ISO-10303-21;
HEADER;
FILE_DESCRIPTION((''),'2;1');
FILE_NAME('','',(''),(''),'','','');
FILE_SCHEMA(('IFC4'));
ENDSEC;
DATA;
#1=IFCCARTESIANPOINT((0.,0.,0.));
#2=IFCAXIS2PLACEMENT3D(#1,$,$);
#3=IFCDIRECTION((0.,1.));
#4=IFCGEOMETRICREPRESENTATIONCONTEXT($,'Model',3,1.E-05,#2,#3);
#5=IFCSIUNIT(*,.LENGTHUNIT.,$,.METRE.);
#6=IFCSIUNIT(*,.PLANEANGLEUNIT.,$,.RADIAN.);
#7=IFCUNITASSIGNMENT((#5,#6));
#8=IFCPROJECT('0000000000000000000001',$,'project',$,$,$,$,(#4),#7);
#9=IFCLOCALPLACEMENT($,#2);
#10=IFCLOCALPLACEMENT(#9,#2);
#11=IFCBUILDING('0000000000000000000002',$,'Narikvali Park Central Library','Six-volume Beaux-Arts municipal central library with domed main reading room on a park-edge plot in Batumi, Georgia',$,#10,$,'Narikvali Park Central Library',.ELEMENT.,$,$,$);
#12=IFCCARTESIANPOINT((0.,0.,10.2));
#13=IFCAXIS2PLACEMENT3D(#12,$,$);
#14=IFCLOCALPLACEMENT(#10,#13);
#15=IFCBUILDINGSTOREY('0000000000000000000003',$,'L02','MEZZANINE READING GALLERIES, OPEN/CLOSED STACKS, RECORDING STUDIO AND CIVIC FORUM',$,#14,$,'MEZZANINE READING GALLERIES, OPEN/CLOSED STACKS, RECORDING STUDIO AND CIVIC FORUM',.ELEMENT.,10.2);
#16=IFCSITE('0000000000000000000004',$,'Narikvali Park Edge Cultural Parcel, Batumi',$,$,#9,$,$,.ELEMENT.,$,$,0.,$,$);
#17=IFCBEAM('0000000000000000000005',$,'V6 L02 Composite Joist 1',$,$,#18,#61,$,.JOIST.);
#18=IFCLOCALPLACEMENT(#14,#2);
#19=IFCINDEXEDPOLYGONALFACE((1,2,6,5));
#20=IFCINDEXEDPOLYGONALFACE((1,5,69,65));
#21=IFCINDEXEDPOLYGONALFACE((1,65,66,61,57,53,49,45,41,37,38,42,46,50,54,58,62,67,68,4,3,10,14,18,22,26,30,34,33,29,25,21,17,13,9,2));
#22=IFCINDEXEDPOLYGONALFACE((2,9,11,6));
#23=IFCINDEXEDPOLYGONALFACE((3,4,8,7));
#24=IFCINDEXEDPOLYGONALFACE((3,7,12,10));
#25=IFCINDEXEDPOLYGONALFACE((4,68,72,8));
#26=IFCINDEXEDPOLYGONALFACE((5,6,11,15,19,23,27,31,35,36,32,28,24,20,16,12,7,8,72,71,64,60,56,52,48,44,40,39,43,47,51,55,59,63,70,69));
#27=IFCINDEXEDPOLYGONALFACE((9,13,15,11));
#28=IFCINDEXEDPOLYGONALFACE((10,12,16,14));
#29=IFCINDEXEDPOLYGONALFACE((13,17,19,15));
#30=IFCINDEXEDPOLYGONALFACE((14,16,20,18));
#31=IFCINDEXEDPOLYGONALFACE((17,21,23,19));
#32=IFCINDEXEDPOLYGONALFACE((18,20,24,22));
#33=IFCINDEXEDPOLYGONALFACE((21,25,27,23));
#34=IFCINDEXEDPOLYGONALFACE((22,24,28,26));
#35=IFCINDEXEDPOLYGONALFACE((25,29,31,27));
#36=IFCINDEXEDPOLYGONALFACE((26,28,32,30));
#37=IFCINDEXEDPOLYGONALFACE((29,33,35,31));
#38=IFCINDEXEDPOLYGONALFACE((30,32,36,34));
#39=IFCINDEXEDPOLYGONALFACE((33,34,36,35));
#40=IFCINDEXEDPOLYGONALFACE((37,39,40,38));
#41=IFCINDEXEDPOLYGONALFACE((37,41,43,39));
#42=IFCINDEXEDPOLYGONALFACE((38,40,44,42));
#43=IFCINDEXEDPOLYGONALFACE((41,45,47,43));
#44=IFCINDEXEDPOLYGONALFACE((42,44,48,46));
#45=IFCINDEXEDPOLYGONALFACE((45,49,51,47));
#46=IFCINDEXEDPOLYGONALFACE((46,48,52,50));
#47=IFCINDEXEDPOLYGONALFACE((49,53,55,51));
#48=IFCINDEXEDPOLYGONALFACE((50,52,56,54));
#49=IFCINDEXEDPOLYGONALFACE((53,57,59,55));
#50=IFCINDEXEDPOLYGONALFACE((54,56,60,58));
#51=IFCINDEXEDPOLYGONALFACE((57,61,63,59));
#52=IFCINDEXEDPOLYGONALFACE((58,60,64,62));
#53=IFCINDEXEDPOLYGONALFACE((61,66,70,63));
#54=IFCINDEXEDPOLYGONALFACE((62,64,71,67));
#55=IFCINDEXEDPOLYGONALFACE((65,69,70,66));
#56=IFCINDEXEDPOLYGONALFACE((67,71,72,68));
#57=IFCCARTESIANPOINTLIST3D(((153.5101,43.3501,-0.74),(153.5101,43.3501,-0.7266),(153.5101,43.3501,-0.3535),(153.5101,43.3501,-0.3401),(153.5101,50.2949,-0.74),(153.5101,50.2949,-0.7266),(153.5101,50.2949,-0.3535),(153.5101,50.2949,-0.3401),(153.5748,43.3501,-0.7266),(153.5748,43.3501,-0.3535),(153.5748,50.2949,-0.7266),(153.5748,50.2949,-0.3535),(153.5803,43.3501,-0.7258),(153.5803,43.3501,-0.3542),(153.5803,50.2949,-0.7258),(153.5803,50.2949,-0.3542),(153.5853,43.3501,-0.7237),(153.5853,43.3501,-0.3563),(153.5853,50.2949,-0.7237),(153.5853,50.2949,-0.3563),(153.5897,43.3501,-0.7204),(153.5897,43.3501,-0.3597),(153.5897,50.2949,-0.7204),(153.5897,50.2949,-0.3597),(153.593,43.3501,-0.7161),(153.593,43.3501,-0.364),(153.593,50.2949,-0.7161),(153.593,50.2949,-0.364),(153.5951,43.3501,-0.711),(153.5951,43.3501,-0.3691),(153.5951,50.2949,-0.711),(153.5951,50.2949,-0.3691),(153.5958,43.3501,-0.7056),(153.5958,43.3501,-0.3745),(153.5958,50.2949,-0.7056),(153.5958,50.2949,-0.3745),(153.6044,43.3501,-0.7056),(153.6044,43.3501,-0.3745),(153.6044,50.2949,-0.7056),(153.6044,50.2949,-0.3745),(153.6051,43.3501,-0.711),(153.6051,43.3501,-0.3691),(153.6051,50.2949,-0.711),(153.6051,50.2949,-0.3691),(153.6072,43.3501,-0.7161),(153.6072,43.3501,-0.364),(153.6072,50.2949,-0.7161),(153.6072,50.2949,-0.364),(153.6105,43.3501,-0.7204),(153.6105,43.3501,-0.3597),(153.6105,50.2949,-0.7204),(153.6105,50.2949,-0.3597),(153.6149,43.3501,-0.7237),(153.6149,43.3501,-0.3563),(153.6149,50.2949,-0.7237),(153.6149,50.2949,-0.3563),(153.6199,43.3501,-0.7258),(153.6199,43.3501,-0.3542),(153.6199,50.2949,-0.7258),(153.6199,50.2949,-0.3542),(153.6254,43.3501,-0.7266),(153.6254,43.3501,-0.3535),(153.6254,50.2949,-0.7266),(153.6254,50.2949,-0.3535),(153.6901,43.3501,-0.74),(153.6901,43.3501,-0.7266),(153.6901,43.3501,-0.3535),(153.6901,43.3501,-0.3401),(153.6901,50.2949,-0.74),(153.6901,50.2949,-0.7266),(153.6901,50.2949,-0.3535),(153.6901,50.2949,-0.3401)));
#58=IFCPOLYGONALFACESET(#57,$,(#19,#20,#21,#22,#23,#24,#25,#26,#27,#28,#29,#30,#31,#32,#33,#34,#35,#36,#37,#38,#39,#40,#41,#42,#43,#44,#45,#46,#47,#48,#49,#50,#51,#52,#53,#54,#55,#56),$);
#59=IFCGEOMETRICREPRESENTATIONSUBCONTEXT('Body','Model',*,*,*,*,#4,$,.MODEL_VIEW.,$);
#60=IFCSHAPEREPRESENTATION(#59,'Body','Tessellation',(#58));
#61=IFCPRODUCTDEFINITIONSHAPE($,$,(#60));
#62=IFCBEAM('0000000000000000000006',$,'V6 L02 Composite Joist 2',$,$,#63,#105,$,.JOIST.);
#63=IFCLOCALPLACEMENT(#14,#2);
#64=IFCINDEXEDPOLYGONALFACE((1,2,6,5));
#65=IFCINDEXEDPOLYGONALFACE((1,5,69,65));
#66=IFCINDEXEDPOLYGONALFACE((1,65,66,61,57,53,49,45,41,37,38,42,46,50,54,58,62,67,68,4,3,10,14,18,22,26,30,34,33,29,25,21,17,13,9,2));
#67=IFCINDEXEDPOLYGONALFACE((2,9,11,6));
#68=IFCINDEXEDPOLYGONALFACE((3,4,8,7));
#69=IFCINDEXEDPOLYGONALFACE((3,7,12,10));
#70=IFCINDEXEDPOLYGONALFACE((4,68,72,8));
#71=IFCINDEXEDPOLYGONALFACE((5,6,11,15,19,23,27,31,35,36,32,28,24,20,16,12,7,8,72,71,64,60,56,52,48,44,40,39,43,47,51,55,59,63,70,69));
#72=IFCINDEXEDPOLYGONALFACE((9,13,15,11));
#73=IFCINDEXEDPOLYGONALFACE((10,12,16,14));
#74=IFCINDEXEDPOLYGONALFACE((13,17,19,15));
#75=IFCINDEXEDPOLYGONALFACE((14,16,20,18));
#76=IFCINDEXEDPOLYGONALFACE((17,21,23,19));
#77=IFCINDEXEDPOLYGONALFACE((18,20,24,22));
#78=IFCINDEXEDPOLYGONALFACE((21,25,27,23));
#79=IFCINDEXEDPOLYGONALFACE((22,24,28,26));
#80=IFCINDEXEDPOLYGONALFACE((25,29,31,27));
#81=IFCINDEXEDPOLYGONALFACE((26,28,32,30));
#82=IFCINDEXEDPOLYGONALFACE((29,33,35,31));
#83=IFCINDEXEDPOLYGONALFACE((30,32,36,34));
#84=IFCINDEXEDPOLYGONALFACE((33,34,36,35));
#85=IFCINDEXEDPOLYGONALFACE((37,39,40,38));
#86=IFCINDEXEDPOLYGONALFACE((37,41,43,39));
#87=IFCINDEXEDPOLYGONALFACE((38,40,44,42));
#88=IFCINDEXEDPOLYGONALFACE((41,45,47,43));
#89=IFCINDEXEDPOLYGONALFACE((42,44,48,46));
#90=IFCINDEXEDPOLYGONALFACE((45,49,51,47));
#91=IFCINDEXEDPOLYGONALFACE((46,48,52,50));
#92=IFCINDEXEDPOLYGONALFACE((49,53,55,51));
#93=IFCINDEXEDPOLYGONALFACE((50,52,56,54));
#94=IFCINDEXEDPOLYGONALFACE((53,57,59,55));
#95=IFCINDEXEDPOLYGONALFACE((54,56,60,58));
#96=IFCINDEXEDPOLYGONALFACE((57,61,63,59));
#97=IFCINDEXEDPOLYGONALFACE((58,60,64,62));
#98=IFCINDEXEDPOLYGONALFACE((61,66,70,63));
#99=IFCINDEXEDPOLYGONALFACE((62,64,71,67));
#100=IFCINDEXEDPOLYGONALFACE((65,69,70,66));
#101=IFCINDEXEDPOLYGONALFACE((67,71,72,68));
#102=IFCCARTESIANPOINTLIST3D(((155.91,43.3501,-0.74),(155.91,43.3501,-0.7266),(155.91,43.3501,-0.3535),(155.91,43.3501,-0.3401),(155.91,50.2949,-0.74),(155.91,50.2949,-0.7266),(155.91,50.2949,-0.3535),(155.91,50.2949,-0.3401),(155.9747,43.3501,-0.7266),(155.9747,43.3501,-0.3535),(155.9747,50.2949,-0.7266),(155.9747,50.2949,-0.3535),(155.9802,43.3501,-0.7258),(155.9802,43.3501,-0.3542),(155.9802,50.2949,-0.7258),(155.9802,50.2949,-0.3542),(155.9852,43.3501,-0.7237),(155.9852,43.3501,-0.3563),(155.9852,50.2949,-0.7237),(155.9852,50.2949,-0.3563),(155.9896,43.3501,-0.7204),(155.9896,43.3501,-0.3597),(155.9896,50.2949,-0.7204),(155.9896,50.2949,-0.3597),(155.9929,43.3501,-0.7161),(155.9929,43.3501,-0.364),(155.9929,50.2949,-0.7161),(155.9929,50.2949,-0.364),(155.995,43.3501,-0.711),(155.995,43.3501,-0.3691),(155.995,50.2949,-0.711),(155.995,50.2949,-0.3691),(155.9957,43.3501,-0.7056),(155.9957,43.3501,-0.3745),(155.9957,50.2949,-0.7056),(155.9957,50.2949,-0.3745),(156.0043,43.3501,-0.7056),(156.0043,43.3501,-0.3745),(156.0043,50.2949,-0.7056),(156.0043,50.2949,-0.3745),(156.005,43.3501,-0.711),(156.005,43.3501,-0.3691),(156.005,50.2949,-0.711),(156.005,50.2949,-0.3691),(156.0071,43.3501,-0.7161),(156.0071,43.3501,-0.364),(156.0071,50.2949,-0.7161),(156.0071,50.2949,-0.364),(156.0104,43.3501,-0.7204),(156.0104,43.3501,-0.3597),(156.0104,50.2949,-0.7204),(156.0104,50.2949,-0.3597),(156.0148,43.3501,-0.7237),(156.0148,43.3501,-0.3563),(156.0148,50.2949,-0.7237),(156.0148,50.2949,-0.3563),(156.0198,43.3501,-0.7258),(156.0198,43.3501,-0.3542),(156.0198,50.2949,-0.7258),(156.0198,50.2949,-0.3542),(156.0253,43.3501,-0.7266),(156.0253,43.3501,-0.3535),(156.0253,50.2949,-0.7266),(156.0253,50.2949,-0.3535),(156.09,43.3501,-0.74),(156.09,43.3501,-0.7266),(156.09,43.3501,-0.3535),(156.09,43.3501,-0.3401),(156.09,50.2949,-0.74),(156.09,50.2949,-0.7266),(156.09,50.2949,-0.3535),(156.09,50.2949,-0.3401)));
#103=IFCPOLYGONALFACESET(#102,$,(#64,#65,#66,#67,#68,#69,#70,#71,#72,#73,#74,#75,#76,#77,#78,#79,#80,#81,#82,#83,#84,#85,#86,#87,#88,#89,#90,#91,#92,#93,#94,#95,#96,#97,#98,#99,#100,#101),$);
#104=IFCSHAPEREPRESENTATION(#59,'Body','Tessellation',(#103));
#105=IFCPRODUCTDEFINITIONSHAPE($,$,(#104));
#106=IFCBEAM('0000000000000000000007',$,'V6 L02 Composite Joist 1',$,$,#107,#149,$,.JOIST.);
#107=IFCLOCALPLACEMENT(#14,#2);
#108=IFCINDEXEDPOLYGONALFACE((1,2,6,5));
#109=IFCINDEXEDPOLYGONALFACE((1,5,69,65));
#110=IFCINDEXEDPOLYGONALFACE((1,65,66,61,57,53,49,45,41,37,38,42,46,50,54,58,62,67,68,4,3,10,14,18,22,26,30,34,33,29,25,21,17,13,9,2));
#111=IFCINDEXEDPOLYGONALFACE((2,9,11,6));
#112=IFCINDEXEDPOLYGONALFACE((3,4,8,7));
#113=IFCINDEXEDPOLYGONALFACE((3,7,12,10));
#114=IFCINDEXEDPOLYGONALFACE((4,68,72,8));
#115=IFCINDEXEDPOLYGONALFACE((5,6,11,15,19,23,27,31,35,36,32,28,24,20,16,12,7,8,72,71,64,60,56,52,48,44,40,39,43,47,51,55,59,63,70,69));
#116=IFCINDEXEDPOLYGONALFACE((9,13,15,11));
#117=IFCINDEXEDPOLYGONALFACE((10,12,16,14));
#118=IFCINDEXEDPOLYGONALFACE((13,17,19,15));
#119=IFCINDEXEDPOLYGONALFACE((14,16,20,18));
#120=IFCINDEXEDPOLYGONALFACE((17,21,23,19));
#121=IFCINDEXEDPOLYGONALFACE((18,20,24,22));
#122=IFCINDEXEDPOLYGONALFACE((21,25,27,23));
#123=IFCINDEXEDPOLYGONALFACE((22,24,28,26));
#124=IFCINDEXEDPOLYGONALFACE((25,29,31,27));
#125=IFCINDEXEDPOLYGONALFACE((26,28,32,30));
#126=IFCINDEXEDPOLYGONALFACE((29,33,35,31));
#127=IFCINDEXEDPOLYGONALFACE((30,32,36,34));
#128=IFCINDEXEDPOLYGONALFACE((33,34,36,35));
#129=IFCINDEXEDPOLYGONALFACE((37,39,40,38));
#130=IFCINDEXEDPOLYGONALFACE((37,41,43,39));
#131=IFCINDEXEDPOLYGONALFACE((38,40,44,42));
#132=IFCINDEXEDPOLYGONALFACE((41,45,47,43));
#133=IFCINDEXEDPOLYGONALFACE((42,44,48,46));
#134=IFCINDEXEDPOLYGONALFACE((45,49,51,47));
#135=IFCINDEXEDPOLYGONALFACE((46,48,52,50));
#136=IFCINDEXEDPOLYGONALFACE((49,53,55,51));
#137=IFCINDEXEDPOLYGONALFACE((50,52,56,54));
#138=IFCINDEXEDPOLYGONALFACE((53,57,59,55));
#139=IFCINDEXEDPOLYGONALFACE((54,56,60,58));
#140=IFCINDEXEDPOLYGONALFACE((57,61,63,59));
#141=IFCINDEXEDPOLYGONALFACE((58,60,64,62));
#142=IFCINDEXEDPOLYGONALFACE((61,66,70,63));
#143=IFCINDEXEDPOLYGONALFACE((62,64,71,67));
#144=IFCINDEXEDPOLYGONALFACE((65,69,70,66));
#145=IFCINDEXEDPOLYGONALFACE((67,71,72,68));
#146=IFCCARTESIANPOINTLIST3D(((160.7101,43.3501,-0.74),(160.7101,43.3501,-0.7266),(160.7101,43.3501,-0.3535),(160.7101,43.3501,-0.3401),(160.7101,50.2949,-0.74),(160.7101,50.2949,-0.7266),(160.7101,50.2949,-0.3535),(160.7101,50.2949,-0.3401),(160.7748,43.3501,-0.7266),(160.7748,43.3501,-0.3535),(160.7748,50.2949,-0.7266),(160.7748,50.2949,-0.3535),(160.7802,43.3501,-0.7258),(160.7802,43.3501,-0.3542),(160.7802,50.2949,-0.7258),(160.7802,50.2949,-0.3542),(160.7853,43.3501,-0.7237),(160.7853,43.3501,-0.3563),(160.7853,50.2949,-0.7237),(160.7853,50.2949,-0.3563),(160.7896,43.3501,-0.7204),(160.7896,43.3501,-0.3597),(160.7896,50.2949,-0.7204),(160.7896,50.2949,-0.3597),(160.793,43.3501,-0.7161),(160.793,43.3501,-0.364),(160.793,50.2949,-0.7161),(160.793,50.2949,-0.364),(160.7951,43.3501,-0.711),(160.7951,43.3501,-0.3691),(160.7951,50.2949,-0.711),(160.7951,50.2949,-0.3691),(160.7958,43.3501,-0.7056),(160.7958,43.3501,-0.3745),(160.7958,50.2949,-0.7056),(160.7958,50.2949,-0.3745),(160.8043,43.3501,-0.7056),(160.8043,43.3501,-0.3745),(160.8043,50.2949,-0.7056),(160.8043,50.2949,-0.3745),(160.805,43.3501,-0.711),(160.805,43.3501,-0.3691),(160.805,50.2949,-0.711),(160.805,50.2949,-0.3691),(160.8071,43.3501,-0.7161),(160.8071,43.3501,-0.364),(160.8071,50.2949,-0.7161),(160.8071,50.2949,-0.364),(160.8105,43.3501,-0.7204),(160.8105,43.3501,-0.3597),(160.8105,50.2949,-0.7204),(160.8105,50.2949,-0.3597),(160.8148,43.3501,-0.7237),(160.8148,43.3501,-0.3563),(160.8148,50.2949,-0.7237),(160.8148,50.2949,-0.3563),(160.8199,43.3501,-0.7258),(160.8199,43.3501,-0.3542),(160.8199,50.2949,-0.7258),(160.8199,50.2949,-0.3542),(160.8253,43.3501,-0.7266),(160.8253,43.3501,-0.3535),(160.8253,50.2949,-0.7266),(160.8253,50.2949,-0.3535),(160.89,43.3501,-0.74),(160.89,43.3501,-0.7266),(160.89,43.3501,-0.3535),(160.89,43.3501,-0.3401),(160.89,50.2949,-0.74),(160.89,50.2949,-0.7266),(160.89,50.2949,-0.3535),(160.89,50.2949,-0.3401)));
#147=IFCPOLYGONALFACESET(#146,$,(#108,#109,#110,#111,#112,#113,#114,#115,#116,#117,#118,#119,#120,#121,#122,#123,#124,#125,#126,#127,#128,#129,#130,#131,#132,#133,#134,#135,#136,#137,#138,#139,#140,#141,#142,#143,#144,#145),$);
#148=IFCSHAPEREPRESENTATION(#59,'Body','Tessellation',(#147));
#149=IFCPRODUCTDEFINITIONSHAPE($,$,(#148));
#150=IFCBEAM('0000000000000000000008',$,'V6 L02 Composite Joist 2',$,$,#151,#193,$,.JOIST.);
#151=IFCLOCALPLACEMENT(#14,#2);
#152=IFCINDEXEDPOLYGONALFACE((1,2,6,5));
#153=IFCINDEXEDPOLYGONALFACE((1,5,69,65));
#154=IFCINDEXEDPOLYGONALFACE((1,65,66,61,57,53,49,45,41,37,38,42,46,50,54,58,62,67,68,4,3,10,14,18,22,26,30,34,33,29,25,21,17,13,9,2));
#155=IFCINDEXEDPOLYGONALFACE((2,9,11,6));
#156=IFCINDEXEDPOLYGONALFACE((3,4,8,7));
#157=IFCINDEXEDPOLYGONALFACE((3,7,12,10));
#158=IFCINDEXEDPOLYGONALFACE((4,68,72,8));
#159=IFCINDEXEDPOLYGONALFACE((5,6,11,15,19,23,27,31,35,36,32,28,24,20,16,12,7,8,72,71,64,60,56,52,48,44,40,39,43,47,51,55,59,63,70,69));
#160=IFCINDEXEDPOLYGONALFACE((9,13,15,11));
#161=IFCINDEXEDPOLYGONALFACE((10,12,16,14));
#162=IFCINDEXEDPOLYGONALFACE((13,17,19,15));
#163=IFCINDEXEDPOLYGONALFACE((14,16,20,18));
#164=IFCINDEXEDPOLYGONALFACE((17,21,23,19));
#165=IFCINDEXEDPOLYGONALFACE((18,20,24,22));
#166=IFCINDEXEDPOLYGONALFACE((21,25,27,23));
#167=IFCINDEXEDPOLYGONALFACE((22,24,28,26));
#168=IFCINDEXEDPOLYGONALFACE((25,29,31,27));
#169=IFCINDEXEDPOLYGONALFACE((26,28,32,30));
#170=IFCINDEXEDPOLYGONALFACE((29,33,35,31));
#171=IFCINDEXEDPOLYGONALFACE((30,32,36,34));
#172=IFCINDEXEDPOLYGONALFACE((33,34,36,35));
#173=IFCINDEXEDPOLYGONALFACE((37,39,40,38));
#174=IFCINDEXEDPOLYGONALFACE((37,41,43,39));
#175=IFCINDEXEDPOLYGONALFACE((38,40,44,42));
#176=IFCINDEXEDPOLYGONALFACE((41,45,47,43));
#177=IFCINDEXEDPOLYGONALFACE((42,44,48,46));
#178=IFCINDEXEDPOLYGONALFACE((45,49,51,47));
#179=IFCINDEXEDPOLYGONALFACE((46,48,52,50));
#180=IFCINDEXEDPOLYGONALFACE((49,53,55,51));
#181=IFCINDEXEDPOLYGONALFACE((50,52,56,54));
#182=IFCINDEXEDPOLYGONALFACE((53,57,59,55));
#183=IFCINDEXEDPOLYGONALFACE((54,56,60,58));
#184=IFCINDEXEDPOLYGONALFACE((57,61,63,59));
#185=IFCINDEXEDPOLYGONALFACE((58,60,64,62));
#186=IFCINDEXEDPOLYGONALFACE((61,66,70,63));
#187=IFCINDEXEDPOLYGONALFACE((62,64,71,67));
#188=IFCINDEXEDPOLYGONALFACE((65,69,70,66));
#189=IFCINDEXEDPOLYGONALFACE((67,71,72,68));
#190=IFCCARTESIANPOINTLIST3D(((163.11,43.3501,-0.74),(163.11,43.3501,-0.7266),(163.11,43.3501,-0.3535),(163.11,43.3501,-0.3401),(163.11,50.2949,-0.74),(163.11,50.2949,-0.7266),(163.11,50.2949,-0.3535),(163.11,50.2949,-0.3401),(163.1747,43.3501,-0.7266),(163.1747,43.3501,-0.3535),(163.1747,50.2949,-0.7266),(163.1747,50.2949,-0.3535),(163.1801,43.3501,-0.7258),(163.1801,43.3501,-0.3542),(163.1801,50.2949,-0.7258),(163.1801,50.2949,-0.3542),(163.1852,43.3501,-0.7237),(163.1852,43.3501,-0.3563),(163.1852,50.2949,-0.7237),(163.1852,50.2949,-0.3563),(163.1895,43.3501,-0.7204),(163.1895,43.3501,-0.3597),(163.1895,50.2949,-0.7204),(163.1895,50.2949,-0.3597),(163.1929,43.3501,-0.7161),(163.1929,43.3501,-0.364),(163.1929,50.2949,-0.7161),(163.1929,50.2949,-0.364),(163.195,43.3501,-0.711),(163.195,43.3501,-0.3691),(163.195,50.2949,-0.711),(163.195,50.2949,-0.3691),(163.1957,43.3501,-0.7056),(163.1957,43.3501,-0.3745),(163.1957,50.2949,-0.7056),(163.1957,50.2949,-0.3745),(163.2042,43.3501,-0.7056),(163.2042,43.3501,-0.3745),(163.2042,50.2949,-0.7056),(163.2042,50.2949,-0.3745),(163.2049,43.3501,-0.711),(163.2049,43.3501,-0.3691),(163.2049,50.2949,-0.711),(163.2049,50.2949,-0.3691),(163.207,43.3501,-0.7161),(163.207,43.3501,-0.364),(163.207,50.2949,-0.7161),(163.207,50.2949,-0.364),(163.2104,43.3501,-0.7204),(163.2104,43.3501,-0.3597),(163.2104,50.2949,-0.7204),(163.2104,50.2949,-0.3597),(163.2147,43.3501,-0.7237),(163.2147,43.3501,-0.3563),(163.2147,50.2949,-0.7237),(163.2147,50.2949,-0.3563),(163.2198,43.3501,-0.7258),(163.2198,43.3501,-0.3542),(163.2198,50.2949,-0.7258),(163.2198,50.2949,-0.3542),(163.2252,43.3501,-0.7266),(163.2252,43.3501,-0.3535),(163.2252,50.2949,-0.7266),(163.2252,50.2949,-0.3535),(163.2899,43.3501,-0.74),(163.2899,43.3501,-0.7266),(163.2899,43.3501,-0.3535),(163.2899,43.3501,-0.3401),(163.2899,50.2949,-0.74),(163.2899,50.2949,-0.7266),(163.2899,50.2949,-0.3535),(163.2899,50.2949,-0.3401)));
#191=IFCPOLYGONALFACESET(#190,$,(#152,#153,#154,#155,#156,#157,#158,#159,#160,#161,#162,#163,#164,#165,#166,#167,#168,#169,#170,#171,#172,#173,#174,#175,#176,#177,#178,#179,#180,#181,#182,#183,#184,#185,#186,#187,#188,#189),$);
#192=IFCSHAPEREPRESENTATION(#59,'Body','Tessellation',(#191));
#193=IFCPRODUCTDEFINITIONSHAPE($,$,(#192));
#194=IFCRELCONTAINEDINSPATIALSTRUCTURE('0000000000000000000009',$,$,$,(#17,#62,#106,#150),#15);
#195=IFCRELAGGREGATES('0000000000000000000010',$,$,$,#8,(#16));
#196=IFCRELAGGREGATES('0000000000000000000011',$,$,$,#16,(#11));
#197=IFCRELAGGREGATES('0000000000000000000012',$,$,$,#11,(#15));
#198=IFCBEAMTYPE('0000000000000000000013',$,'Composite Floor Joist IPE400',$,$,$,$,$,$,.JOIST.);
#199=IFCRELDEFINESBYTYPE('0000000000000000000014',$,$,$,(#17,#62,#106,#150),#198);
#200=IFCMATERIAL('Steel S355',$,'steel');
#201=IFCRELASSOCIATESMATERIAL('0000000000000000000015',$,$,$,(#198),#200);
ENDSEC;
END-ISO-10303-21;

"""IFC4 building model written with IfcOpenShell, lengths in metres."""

from ifc_helpers import new_model, si_unit, direction, frame, origin, origin_2d, place, context, subcontext, project, spatial, i_section, extrude, material, material_profile, profile_set, type_object, element, save


model = new_model("IFC4")

# Units and contexts
model_context = context("Model", 3, precision=1e-05, world=origin(), true_north=direction((0.0, 1.0)))
body_context = subcontext(model_context, "Body", "Model", "MODEL_VIEW")
ifc_project = project(units=[si_unit("LENGTHUNIT", "METRE"), si_unit("PLANEANGLEUNIT", "RADIAN")], contexts=[model_context])

# Site, building, storey
site_placement = place(None, origin())
site = spatial("IfcSite", under=ifc_project, at=site_placement, Name="Narikvali Park Edge Cultural Parcel, Batumi", CompositionType="ELEMENT", RefElevation=0.0)
building_placement = place(site_placement, origin())
building = spatial("IfcBuilding", under=site, at=building_placement, Name="Narikvali Park Central Library", Description="Six-volume Beaux-Arts municipal central library with domed main reading room on a park-edge plot in Batumi, Georgia", LongName="Narikvali Park Central Library", CompositionType="ELEMENT")
storey_placement = place(building_placement, frame((0.0, 0.0, 10.2)))
storey = spatial("IfcBuildingStorey", under=building, at=storey_placement, Name="L02", Description="MEZZANINE READING GALLERIES, OPEN/CLOSED STACKS, RECORDING STUDIO AND CIVIC FORUM", LongName="MEZZANINE READING GALLERIES, OPEN/CLOSED STACKS, RECORDING STUDIO AND CIVIC FORUM", CompositionType="ELEMENT", Elevation=10.2)

# Beams
ifc_material_1 = material(Name="Steel S355", Category="steel")
ifc_material_profile_1 = material_profile(ifc_material_1, i_section(OverallWidth=0.1799, OverallDepth=0.3999, WebThickness=0.0085, FlangeThickness=0.0134, FilletRadius=0.021, at=origin_2d()), Name="IPE 400")
ifc_profile_set_1 = profile_set([ifc_material_profile_1], Name="Steel S355")
beam_type_1 = type_object("IfcBeamType", Name="Composite Floor Joist IPE400", PredefinedType="JOIST", material=ifc_profile_set_1)
for number, where, z_axis, x_axis, name in (
    (1, (153.6001, 43.3501, -0.54), (0.0, 1.0, 0.0), (-1.0, 0.0, 0.0), "V6 L02 Composite Joist 1"),
    (2, (156.0, 43.3501, -0.54), (0.0, 1.0, 0.0), (-1.0, 0.0, 0.0), "V6 L02 Composite Joist 2"),
    (3, (160.8, 43.3501, -0.54), (0.0, 1.0, 0.0), (-1.0, 0.0, 0.0), "V6 L02 Composite Joist 1"),
    (4, (163.2, 43.3501, -0.54), (0.0, 1.0, 0.0), (-1.0, 0.0, 0.0), "V6 L02 Composite Joist 2"),
):
    element("IfcBeam", number, at=place(storey_placement, frame(where, z_axis=z_axis, x_axis=x_axis)), inside=storey, type_object=beam_type_1, Name=name, PredefinedType="JOIST", context=body_context, shape_type="SweptSolid", body=[
        extrude(i_section(OverallWidth=0.1799, OverallDepth=0.3999, WebThickness=0.0085, FlangeThickness=0.0134, FilletRadius=0.021, at=origin_2d()), origin(), (0.0, 0.0, 1.0), 6.9448),
    ])

save(model, "model.ifc")
